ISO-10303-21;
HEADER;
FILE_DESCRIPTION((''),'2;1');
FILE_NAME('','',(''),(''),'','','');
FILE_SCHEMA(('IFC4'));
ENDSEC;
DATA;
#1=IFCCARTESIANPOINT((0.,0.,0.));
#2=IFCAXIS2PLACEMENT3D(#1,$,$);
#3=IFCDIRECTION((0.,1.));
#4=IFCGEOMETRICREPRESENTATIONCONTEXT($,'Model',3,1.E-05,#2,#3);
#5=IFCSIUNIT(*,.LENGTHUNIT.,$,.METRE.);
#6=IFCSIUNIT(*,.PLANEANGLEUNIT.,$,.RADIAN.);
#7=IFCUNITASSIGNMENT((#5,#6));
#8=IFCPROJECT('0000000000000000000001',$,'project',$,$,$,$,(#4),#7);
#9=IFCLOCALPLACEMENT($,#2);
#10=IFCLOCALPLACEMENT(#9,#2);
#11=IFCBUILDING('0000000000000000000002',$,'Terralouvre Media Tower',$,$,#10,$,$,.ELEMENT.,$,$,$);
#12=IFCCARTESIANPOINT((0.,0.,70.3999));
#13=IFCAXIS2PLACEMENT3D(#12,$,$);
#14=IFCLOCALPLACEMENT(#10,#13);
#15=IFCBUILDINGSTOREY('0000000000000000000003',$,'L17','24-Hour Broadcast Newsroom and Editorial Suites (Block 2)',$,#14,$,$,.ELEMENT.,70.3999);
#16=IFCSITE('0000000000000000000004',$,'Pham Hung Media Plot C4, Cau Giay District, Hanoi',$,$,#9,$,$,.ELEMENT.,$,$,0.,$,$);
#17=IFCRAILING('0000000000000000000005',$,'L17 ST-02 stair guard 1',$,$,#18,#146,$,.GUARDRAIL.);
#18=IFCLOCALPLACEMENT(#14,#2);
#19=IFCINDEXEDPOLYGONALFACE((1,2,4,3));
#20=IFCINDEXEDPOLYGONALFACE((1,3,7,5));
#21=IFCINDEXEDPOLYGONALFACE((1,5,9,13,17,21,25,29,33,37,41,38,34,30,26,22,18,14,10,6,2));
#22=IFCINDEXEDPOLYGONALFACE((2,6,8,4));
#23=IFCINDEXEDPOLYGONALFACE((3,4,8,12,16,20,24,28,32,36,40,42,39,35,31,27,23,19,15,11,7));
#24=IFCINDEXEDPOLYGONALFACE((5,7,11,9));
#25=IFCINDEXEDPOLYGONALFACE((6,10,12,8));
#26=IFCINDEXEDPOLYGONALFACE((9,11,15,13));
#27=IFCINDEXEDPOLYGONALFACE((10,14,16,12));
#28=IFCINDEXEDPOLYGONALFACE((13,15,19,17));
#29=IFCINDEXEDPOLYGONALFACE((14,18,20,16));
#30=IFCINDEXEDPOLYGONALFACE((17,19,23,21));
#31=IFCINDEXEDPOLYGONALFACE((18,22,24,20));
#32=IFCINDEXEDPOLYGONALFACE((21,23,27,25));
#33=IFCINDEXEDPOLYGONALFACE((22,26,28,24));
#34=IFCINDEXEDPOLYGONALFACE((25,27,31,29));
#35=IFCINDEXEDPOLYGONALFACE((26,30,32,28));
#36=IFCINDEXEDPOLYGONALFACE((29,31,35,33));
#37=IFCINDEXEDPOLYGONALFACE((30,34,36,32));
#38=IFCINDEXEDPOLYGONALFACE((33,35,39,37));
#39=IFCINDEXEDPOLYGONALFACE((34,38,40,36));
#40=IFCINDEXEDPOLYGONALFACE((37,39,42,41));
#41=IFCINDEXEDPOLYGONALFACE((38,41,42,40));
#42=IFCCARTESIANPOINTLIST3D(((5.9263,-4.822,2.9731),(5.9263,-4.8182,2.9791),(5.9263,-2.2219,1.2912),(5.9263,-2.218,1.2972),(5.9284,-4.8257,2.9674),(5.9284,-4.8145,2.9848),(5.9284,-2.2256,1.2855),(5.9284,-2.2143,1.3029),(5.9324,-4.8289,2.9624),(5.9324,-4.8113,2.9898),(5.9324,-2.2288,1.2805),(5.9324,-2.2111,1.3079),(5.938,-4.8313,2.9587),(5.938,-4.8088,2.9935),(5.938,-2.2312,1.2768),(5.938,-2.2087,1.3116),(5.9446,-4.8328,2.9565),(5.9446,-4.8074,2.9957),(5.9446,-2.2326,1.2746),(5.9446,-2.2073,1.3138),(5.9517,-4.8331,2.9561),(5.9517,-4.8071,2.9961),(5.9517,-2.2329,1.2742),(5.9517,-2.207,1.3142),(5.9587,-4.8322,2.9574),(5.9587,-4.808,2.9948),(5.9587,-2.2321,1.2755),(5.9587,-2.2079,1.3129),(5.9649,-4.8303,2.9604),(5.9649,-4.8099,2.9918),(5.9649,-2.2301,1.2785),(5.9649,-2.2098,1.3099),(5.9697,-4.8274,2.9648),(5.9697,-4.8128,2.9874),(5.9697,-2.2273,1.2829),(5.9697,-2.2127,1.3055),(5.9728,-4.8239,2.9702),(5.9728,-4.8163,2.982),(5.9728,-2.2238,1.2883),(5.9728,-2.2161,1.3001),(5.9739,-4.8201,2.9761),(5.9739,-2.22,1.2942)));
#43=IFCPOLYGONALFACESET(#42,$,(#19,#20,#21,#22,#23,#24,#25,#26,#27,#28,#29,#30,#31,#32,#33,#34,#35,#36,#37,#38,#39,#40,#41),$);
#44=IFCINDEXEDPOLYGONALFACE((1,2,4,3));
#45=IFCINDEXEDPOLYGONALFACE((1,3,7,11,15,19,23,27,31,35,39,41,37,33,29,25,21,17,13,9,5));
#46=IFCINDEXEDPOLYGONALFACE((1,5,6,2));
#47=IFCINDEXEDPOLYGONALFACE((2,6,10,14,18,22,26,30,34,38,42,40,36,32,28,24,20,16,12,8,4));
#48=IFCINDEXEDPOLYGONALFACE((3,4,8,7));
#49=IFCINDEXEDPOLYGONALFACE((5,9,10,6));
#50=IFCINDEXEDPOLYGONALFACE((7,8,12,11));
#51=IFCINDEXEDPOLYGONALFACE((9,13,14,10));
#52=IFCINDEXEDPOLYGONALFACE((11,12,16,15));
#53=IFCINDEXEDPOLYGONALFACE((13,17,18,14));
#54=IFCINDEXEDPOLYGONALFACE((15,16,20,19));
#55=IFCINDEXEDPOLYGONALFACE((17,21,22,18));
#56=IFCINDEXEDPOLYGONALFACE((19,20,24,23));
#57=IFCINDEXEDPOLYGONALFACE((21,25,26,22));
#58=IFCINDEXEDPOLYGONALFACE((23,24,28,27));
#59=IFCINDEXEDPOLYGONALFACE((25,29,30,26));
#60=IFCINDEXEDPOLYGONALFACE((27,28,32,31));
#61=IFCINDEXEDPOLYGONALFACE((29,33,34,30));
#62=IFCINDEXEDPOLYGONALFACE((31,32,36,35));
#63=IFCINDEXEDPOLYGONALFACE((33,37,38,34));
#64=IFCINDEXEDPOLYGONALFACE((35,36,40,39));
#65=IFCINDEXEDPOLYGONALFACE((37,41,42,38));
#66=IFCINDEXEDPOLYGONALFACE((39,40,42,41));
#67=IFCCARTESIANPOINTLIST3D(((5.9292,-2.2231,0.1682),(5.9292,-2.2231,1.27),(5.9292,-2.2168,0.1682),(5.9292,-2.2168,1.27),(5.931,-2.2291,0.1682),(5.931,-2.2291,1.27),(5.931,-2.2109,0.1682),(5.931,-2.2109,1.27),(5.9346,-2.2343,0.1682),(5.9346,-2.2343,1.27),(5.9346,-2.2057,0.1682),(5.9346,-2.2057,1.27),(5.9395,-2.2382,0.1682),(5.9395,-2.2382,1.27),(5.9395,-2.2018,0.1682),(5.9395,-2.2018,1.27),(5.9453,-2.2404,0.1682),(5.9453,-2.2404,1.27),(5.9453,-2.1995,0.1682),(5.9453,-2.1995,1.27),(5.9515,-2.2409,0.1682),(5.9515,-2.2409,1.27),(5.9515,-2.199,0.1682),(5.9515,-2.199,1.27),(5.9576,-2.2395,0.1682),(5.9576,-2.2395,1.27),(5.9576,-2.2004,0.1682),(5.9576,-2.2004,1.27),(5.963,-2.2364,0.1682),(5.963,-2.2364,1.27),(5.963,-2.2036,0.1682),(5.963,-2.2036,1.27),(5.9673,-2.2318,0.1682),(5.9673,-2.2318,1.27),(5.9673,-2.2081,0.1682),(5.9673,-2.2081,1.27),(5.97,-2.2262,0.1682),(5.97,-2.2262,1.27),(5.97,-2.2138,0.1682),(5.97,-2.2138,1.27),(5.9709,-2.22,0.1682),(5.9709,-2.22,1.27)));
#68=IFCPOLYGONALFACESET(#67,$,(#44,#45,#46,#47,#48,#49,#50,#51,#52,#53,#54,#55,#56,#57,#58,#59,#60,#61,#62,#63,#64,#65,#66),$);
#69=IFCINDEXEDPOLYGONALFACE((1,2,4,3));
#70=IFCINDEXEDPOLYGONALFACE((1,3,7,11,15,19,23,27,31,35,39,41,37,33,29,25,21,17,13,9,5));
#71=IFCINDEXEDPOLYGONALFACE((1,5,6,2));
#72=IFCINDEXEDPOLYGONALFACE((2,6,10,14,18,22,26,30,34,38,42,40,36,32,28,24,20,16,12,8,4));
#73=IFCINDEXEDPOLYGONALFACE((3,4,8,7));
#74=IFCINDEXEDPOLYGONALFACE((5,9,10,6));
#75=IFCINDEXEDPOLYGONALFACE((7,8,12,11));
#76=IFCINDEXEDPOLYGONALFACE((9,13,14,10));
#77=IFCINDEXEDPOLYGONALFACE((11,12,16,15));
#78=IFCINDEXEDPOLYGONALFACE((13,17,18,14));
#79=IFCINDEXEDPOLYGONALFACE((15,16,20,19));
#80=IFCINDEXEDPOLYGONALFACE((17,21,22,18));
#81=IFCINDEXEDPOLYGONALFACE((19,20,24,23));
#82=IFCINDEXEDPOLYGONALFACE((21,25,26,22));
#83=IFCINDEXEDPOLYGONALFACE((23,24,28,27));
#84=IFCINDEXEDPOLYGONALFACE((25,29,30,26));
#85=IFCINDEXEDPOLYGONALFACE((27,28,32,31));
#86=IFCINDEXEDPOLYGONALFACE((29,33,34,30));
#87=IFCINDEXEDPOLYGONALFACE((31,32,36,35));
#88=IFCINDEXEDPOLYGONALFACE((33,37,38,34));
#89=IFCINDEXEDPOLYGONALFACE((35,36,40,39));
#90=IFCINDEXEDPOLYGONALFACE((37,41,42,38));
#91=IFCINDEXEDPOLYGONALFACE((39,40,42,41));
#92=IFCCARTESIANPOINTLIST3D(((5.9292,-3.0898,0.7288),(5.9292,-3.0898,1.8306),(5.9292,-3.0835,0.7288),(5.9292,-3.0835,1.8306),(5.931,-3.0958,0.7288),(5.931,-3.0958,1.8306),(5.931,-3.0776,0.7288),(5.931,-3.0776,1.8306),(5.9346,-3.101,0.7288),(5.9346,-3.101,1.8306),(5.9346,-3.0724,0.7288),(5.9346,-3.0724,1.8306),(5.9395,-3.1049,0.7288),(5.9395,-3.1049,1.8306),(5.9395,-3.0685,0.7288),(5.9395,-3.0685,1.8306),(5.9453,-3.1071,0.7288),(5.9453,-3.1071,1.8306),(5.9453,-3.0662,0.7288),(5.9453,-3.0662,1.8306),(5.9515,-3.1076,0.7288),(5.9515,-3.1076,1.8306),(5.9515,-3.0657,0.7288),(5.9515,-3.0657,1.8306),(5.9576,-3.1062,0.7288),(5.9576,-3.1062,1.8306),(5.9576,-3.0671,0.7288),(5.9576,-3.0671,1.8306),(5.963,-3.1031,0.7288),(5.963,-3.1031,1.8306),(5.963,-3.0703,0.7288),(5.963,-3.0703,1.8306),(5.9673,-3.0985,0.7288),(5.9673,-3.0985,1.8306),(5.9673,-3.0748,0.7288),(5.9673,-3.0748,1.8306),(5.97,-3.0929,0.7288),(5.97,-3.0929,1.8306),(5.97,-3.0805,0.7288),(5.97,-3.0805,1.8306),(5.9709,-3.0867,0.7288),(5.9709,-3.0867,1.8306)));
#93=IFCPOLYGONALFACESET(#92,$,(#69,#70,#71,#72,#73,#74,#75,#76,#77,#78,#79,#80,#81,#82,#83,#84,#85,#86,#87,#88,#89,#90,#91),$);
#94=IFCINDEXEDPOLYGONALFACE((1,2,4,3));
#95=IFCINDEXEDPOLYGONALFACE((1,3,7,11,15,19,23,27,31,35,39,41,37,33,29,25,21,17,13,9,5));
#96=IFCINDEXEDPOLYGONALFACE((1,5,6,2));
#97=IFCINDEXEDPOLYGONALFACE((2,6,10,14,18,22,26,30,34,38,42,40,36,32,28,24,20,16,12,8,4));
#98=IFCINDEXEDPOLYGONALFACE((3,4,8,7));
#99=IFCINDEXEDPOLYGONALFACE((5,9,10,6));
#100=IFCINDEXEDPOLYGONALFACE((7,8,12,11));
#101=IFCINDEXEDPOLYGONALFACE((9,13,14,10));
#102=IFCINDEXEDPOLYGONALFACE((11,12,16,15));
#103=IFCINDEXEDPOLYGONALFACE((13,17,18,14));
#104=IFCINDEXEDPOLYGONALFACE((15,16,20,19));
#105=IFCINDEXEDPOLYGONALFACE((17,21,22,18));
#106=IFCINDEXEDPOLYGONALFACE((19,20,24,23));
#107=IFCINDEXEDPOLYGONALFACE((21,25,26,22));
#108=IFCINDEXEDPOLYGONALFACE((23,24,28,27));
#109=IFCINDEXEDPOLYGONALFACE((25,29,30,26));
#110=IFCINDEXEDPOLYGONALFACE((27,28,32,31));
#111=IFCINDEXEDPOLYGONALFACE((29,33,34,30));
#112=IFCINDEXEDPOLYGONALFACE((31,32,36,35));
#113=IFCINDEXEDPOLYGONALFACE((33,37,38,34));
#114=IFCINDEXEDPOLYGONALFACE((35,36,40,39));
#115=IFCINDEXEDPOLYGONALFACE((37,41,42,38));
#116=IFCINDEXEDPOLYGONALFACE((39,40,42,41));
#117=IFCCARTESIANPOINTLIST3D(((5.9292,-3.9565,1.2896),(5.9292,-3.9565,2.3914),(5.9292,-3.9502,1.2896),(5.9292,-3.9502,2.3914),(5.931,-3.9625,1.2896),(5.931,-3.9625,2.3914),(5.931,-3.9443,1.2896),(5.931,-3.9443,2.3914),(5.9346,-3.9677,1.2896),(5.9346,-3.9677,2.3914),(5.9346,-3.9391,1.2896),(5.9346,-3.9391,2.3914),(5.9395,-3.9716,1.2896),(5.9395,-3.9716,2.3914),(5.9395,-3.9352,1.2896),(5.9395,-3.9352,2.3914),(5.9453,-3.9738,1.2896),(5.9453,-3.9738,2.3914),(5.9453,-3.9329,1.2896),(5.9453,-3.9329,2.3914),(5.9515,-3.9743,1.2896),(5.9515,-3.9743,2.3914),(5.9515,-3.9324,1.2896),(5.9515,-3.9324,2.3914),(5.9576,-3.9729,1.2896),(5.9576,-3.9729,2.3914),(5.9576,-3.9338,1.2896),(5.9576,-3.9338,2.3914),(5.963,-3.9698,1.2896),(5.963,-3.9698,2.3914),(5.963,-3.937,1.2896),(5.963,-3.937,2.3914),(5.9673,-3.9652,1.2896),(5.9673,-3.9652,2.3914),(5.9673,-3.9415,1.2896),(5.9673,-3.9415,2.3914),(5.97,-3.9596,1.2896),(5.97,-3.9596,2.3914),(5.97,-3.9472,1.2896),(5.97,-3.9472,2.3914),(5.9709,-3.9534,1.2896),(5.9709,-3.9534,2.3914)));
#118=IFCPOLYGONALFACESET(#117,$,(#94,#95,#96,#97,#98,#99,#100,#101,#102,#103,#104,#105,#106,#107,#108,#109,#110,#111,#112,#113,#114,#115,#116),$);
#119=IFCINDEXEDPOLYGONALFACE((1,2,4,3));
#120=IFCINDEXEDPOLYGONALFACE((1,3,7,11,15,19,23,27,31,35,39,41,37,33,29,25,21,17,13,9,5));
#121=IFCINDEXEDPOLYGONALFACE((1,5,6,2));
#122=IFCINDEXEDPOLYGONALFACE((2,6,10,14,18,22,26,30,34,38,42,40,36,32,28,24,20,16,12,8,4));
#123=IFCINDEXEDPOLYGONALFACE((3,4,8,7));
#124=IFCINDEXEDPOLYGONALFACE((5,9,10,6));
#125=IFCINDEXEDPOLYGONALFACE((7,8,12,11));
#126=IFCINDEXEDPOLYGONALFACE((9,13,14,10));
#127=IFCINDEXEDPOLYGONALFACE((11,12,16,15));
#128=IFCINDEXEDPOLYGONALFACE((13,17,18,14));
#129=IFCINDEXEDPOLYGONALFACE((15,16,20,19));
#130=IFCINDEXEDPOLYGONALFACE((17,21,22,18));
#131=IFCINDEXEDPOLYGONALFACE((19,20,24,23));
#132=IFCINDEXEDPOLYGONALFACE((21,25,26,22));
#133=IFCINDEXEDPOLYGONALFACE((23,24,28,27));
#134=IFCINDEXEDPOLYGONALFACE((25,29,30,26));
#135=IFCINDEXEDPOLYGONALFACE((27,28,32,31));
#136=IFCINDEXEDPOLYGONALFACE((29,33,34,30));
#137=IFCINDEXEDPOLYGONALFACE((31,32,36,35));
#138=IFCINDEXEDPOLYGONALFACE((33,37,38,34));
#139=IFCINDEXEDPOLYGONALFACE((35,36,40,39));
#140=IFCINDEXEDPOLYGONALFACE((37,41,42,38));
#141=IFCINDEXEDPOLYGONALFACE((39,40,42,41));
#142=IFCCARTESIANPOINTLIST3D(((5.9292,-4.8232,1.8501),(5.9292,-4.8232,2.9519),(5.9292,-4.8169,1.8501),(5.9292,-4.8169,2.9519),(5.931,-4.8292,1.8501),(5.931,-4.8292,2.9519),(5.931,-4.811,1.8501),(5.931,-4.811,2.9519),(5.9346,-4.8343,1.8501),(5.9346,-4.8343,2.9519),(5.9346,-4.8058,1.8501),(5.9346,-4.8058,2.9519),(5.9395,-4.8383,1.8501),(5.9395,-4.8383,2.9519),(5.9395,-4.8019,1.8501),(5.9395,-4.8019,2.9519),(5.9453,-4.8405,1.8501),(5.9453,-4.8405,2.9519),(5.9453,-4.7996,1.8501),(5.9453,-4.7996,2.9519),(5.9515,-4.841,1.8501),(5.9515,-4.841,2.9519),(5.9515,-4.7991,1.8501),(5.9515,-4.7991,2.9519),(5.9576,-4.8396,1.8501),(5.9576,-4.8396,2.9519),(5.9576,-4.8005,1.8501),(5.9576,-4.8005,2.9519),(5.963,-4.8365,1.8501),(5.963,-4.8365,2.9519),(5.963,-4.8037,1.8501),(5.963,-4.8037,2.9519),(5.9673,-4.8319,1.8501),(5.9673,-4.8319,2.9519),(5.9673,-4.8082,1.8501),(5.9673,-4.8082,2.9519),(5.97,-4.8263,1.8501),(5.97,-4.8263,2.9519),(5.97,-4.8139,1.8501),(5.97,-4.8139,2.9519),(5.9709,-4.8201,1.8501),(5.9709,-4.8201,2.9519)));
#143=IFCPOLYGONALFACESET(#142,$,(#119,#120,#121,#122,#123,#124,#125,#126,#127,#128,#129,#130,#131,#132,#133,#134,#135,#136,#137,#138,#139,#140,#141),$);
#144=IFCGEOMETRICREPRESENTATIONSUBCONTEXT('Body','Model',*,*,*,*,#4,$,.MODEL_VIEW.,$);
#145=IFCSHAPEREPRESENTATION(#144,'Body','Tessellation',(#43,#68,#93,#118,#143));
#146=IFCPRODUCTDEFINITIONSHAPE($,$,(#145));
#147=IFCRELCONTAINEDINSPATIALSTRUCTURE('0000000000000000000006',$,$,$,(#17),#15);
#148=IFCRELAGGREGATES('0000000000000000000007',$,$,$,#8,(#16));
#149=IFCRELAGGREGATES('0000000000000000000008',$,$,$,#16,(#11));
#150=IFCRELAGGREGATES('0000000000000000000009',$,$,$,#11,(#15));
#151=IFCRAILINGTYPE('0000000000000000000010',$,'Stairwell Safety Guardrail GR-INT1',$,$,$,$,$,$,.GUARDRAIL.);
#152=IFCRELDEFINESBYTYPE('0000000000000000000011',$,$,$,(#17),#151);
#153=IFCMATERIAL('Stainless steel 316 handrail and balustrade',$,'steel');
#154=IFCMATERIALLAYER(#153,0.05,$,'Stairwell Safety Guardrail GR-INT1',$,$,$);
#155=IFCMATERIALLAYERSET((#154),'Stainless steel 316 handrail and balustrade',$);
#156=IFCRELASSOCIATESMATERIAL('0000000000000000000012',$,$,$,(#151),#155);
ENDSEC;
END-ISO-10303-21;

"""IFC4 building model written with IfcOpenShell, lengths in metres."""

from ifc_helpers import new_model, si_unit, direction, frame, origin, origin_2d, place, context, subcontext, project, spatial, circle, extrude, material, layer, layer_set, type_object, element, save


model = new_model("IFC4")

# Units and contexts
model_context = context("Model", 3, precision=1e-05, world=origin(), true_north=direction((0.0, 1.0)))
body_context = subcontext(model_context, "Body", "Model", "MODEL_VIEW")
ifc_project = project(units=[si_unit("LENGTHUNIT", "METRE"), si_unit("PLANEANGLEUNIT", "RADIAN")], contexts=[model_context])

# Site, building, storey
site_placement = place(None, origin())
site = spatial("IfcSite", under=ifc_project, at=site_placement, Name="Pham Hung Media Plot C4, Cau Giay District, Hanoi", CompositionType="ELEMENT", RefElevation=0.0)
building_placement = place(site_placement, origin())
building = spatial("IfcBuilding", under=site, at=building_placement, Name="Terralouvre Media Tower", CompositionType="ELEMENT")
storey_placement = place(building_placement, frame((0.0, 0.0, 70.3999)))
storey = spatial("IfcBuildingStorey", under=building, at=storey_placement, Name="L17", Description="24-Hour Broadcast Newsroom and Editorial Suites (Block 2)", CompositionType="ELEMENT", Elevation=70.3999)

# Railing
ifc_material_1 = material(Name="Stainless steel 316 handrail and balustrade", Category="steel")
ifc_layer_1 = layer(ifc_material_1, 0.05, Name="Stairwell Safety Guardrail GR-INT1")
ifc_layer_set_1 = layer_set([ifc_layer_1], Name="Stainless steel 316 handrail and balustrade")
railing_type_1 = type_object("IfcRailingType", Name="Stairwell Safety Guardrail GR-INT1", PredefinedType="GUARDRAIL", material=ifc_layer_set_1)
railing_1_placement = place(storey_placement, frame((5.95, -2.22, 0.1682)))
element("IfcRailing", 1, at=railing_1_placement, inside=storey, type_object=railing_type_1, Name="L17 ST-02 stair guard 1", PredefinedType="GUARDRAIL", context=body_context, shape_type="SweptSolid", body=[
    extrude(circle(Radius=0.0239, at=origin_2d()), frame((0.0, 0.0, 1.126), z_axis=(0.0, -0.839648, 0.54313), x_axis=(1.0, 0.0, 0.0)), (0.0, 0.0, 1.0), 3.0967),
    extrude(circle(Radius=0.021, at=origin_2d()), origin(), (0.0, 0.0, 1.0), 1.1018),
    extrude(circle(Radius=0.021, at=origin_2d()), frame((0.0, -0.8667, 0.5605)), (0.0, 0.0, 1.0), 1.1018),
    extrude(circle(Radius=0.021, at=origin_2d()), frame((0.0, -1.7334, 1.1213)), (0.0, 0.0, 1.0), 1.1018),
    extrude(circle(Radius=0.021, at=origin_2d()), frame((0.0, -2.6001, 1.6819)), (0.0, 0.0, 1.0), 1.1018),
])

save(model, "model.ifc")
